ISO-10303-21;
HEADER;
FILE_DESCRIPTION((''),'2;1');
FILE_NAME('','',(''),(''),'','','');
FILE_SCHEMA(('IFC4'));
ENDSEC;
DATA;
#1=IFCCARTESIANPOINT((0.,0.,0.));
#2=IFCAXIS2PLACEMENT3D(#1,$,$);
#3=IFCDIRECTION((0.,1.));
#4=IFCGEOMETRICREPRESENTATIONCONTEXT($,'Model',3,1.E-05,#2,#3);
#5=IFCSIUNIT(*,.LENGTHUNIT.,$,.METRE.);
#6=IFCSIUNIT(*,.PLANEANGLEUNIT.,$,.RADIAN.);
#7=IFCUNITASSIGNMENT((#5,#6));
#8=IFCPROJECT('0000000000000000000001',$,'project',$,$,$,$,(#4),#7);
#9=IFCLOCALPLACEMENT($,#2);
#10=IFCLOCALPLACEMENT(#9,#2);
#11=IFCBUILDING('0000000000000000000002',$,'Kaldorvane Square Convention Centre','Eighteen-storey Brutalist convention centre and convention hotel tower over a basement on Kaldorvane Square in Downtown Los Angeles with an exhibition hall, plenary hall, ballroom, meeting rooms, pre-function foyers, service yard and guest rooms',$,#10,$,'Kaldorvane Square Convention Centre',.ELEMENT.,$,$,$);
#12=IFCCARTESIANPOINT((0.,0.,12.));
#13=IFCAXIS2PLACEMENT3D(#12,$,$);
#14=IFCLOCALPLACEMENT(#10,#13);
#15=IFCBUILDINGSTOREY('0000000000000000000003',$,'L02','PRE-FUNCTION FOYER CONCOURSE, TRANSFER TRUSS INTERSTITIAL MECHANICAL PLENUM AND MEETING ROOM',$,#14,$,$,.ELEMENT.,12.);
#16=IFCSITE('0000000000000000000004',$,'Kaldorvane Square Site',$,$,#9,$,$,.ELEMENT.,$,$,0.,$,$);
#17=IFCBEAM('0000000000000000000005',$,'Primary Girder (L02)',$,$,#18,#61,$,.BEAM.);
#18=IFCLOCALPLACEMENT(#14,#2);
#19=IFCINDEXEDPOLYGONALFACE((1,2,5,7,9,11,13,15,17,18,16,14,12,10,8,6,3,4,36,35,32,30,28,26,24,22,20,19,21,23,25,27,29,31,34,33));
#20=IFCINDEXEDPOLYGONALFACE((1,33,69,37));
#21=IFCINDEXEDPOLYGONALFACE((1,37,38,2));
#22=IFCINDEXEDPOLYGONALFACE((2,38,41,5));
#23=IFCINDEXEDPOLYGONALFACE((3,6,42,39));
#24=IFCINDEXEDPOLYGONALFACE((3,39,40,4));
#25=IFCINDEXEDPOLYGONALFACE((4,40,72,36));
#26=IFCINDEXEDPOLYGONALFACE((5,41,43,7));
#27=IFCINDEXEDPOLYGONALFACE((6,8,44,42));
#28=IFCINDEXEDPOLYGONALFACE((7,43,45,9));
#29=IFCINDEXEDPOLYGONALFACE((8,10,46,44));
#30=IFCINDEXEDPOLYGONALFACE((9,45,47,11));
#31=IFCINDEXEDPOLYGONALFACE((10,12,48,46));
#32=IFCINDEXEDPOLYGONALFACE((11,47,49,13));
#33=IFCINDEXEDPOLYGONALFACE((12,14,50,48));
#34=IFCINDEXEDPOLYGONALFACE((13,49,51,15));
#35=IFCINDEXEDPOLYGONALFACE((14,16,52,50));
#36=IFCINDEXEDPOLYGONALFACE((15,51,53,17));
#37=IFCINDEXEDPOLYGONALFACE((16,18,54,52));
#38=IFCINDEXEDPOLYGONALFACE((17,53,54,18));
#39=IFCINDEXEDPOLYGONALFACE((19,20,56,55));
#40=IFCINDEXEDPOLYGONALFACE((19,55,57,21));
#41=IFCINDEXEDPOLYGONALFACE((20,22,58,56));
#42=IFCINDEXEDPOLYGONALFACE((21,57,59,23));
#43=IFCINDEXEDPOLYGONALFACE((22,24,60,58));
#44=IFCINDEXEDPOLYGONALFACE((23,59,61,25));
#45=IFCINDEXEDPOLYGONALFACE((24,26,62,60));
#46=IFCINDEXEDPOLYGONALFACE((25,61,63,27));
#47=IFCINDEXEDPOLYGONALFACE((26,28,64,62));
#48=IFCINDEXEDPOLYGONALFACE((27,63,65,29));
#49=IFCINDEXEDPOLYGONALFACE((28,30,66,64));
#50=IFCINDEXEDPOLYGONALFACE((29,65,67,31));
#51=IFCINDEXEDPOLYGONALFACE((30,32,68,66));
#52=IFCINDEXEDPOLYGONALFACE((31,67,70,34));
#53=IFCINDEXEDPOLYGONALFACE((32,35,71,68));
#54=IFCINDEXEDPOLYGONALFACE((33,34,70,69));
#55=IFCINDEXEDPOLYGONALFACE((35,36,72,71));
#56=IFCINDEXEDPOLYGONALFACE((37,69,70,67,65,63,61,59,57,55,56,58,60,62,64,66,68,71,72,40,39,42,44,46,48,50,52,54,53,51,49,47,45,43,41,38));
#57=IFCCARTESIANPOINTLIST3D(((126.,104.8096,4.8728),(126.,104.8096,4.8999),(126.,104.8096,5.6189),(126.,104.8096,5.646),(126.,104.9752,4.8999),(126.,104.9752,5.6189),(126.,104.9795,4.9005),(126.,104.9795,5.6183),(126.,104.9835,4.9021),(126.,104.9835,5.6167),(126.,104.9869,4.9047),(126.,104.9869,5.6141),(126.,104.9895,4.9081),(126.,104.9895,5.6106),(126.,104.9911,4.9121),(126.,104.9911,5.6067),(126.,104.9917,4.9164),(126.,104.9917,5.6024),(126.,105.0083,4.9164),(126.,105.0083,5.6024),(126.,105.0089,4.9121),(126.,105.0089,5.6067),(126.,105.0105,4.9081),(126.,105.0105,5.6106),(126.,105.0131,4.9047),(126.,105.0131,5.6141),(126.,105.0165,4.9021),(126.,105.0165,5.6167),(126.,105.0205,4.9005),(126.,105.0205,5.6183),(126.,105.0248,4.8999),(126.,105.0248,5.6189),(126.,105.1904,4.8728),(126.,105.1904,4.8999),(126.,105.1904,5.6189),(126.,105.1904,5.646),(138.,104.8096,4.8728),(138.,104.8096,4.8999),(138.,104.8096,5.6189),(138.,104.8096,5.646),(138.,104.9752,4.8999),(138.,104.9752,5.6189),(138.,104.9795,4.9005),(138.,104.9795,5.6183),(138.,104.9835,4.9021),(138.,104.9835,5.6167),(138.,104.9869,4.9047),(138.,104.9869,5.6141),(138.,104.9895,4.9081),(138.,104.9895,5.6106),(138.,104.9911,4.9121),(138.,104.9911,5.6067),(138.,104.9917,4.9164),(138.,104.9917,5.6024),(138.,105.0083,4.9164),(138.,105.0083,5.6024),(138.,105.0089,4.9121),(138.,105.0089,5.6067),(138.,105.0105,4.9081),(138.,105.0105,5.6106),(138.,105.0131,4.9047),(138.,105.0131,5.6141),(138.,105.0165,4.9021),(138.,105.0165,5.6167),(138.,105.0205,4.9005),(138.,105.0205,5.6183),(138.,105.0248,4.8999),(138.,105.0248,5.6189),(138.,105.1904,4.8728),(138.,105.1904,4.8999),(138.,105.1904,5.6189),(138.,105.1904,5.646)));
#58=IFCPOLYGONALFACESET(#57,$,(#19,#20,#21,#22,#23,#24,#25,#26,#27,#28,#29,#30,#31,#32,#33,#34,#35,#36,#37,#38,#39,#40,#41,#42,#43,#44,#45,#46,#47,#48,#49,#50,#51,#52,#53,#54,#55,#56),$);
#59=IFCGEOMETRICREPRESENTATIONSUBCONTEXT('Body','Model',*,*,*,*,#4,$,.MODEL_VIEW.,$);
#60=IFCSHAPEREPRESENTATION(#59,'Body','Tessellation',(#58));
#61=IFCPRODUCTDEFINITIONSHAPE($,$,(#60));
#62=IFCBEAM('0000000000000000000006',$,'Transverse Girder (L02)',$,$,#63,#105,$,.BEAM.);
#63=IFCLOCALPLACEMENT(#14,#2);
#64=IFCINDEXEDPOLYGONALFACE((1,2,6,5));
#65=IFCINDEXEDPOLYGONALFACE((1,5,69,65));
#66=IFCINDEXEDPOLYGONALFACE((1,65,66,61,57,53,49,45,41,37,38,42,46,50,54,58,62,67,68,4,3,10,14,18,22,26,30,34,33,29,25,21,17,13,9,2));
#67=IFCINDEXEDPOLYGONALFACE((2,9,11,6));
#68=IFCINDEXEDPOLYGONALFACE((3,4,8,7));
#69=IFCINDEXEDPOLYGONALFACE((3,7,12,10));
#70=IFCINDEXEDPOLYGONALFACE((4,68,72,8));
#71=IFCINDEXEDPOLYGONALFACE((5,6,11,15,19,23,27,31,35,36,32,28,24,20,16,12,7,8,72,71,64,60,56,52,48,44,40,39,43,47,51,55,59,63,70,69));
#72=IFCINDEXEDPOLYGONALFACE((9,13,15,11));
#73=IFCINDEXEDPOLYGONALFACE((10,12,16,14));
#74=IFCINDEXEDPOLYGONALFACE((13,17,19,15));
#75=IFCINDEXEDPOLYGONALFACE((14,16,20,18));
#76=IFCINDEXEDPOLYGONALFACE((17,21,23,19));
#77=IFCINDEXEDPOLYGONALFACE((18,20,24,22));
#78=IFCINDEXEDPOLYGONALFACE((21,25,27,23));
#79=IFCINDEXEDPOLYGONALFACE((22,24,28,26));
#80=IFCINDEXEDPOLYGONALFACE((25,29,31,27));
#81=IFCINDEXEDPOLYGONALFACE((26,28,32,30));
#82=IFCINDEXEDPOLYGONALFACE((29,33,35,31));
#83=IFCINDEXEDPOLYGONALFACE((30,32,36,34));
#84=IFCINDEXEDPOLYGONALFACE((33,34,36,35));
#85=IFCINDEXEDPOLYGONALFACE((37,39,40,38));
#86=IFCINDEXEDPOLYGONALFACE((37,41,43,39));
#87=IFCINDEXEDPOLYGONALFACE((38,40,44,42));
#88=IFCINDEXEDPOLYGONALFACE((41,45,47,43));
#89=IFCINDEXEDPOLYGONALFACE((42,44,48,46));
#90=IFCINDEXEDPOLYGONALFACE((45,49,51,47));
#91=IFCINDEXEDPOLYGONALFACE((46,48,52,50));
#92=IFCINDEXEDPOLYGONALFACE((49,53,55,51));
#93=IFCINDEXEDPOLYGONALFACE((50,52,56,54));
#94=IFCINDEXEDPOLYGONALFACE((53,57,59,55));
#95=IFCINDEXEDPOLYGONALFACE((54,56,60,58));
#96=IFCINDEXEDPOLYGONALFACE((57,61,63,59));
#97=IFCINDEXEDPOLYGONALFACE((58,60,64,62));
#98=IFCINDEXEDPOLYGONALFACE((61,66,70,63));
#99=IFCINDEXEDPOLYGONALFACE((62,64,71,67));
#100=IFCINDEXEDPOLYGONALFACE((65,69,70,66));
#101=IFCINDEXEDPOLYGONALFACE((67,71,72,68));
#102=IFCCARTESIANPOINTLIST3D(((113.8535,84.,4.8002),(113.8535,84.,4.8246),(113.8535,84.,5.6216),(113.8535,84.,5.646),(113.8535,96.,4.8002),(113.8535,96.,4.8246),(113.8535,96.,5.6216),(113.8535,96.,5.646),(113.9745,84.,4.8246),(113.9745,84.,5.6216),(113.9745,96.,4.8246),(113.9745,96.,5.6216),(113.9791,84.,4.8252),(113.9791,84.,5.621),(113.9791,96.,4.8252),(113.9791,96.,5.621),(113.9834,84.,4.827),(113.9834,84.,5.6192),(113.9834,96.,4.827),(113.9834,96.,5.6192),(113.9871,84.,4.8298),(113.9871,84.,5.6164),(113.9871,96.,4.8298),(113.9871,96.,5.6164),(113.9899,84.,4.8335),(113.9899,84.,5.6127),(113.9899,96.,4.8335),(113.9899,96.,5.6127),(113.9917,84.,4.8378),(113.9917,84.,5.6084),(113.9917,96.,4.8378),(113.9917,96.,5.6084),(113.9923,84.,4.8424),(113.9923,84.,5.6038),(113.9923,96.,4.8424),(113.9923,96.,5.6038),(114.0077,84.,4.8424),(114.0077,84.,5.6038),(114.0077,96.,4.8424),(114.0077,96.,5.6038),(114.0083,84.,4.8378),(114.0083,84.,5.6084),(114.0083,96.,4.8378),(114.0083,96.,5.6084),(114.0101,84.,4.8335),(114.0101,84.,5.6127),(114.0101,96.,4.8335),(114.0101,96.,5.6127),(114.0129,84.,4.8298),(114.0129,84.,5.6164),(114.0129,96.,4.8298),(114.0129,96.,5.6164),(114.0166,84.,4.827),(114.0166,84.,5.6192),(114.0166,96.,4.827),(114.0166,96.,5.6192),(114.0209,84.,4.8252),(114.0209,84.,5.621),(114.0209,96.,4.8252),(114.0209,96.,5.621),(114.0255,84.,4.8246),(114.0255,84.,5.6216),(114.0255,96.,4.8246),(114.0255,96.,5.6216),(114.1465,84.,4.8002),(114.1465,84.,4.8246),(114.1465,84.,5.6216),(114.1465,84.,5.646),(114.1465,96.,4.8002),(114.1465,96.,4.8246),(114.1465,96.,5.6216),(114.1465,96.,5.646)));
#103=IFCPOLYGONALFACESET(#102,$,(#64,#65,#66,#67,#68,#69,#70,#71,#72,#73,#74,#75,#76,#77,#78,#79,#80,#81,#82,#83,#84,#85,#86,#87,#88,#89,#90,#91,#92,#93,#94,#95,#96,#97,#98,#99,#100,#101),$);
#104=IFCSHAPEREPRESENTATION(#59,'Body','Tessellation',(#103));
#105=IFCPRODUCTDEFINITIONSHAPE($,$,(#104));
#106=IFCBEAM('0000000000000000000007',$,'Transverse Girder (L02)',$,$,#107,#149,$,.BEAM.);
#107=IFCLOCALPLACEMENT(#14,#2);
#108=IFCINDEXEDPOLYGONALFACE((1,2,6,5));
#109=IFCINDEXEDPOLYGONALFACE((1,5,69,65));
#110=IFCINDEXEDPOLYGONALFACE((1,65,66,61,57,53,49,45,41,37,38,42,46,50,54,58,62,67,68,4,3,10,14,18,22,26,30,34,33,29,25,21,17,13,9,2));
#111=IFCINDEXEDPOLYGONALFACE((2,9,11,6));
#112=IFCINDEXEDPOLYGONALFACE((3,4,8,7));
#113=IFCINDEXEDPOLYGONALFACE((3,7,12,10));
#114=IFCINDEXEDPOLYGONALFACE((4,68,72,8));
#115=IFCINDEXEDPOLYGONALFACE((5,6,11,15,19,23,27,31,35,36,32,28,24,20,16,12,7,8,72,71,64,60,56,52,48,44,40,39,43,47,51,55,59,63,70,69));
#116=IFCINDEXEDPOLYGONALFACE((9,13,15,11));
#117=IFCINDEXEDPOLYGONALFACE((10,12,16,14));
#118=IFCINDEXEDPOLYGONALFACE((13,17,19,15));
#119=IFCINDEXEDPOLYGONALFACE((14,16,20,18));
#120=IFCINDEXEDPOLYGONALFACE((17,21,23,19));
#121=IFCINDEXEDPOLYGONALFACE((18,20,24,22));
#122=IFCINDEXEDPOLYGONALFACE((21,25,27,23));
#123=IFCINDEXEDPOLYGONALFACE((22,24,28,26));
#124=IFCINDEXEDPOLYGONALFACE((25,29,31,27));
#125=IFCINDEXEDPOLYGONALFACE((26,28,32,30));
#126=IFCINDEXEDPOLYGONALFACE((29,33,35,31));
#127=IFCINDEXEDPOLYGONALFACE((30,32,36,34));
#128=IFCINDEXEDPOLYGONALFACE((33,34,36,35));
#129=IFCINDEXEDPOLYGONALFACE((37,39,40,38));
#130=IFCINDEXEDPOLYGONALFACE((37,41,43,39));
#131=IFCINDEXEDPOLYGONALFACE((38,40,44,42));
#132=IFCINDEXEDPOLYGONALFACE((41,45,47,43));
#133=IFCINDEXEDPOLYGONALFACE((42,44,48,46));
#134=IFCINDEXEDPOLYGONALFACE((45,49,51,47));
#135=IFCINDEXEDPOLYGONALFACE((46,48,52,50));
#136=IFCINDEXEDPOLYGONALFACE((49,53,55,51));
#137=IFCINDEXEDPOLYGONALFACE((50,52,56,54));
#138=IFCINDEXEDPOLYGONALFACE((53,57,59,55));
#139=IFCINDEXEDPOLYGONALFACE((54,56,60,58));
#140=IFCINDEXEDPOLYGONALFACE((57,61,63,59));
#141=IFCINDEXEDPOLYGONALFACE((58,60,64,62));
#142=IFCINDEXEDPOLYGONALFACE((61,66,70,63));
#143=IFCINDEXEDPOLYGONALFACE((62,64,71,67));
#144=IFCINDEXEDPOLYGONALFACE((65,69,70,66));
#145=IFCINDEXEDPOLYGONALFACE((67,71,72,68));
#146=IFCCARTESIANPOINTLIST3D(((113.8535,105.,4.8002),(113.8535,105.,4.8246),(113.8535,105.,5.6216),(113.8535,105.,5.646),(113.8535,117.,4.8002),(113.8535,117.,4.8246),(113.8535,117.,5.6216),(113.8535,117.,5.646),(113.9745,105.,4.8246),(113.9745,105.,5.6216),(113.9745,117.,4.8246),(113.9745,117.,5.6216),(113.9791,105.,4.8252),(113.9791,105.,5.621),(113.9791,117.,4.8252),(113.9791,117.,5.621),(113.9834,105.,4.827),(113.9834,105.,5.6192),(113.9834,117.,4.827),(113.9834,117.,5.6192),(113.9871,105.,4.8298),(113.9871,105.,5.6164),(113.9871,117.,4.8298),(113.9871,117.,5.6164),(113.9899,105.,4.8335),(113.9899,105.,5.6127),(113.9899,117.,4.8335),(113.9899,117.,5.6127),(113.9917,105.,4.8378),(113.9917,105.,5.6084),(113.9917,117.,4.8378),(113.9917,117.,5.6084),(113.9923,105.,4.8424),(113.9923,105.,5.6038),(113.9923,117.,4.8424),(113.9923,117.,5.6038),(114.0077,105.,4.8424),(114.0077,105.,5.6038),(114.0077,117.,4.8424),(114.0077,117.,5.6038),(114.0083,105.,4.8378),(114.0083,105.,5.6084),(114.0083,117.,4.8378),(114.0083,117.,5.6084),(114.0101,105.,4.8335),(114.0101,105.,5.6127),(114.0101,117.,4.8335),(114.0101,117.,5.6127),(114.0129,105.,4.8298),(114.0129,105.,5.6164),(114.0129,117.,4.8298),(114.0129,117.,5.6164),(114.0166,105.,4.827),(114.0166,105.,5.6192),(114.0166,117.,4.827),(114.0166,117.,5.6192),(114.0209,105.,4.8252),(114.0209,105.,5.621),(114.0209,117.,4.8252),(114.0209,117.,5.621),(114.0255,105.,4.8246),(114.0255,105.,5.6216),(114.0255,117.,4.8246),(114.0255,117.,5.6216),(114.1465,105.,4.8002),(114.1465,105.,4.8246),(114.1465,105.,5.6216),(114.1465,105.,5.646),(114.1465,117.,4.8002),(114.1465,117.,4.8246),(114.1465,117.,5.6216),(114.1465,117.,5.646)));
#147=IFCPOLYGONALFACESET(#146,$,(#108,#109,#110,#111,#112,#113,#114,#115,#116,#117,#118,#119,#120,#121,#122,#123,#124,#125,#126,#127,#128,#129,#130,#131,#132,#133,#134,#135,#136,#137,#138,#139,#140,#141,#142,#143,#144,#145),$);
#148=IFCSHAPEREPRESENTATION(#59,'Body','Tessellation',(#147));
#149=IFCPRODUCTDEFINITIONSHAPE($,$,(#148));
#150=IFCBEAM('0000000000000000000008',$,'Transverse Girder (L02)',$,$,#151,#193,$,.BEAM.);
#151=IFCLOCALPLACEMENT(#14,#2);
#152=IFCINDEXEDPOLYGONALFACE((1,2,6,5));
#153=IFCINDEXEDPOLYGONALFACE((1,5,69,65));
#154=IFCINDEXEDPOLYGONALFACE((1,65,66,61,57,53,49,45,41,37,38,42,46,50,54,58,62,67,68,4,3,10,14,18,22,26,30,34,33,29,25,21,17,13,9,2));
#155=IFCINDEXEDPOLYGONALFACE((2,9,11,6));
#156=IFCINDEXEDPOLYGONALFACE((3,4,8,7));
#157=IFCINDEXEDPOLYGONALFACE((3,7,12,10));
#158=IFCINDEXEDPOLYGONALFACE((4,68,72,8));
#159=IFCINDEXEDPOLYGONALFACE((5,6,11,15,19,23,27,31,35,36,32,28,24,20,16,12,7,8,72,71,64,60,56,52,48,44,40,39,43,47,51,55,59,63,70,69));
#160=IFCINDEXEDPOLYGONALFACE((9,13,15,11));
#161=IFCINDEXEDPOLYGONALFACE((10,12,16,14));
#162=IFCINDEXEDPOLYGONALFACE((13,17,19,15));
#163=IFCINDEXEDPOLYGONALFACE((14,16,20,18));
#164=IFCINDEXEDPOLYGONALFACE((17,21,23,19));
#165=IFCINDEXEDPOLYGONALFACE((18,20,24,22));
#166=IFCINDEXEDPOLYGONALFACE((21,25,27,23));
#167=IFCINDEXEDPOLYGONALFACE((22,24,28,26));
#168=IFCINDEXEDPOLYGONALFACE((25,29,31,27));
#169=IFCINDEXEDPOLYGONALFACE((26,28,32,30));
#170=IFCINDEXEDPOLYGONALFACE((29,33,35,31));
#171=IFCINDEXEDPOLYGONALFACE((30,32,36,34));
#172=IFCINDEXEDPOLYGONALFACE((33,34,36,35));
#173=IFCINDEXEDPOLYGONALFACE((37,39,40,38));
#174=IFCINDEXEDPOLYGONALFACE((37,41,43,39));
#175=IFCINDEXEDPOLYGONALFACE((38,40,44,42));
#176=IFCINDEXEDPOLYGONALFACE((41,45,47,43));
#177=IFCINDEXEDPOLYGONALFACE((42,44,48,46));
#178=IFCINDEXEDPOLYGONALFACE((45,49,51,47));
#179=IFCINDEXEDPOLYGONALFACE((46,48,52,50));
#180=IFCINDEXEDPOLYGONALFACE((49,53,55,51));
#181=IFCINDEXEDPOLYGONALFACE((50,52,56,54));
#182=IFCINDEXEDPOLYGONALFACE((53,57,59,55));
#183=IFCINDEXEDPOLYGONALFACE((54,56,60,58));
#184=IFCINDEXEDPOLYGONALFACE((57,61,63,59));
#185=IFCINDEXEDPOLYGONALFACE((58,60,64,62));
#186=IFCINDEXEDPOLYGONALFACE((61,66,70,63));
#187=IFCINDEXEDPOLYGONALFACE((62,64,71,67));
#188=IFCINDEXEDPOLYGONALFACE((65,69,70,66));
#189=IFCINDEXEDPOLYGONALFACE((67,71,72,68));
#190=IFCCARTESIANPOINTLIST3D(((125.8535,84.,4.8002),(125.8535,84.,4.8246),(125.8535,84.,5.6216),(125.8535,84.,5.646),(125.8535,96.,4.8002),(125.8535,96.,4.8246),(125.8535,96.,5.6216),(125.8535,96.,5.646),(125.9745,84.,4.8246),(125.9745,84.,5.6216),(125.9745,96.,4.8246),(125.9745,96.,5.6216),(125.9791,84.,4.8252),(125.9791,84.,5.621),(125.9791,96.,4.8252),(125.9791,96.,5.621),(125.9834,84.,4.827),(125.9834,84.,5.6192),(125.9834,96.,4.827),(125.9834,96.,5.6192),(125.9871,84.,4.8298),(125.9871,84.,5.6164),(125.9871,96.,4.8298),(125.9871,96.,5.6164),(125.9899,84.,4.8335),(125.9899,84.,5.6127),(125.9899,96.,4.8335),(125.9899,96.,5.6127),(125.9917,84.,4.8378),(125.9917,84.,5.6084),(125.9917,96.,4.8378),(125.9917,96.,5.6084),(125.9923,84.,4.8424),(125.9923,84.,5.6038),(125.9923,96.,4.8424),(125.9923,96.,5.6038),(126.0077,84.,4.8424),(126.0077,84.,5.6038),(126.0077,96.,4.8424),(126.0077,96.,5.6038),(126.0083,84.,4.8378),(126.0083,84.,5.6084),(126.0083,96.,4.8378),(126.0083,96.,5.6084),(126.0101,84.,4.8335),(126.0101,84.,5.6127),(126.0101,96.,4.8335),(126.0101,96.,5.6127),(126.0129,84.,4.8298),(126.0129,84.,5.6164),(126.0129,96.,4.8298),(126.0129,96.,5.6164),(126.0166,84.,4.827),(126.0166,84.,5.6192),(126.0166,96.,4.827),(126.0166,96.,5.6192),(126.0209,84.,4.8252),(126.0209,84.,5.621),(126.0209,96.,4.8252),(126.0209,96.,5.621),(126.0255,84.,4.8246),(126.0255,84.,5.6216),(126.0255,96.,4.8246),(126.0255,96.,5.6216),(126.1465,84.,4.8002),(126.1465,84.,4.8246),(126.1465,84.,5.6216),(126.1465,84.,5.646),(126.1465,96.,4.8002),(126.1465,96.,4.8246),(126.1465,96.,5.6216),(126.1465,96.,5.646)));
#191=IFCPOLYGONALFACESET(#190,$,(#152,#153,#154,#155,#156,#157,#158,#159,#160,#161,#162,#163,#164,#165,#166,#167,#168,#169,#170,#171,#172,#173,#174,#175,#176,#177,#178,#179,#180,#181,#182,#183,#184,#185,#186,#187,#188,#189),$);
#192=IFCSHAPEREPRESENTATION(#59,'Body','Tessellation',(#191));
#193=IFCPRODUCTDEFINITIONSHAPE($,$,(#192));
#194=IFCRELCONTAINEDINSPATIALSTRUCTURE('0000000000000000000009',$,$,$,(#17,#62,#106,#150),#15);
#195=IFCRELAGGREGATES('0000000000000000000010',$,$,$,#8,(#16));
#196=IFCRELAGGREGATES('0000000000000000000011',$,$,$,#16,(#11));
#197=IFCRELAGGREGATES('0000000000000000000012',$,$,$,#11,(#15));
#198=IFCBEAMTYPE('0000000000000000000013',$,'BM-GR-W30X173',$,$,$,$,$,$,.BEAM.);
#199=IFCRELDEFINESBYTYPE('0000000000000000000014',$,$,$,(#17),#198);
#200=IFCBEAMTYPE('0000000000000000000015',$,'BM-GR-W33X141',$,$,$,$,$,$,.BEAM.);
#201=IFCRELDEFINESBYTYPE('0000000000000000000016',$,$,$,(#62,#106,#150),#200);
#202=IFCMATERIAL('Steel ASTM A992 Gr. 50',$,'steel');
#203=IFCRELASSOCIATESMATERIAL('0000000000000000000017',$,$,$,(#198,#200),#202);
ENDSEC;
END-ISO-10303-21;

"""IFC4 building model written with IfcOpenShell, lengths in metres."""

from ifc_helpers import new_model, si_unit, direction, frame, origin, origin_2d, place, context, subcontext, project, spatial, i_section, extrude, material, material_profile, profile_set, type_object, element, save


model = new_model("IFC4")

# Units and contexts
model_context = context("Model", 3, precision=1e-05, world=origin(), true_north=direction((0.0, 1.0)))
body_context = subcontext(model_context, "Body", "Model", "MODEL_VIEW")
ifc_project = project(units=[si_unit("LENGTHUNIT", "METRE"), si_unit("PLANEANGLEUNIT", "RADIAN")], contexts=[model_context])

# Site, building, storey
site_placement = place(None, origin())
site = spatial("IfcSite", under=ifc_project, at=site_placement, Name="Kaldorvane Square Site", CompositionType="ELEMENT", RefElevation=0.0)
building_placement = place(site_placement, origin())
building = spatial("IfcBuilding", under=site, at=building_placement, Name="Kaldorvane Square Convention Centre", Description="Eighteen-storey Brutalist convention centre and convention hotel tower over a basement on Kaldorvane Square in Downtown Los Angeles with an exhibition hall, plenary hall, ballroom, meeting rooms, pre-function foyers, service yard and guest rooms", LongName="Kaldorvane Square Convention Centre", CompositionType="ELEMENT")
storey_placement = place(building_placement, frame((0.0, 0.0, 12.0)))
storey = spatial("IfcBuildingStorey", under=building, at=storey_placement, Name="L02", Description="PRE-FUNCTION FOYER CONCOURSE, TRANSFER TRUSS INTERSTITIAL MECHANICAL PLENUM AND MEETING ROOM", CompositionType="ELEMENT", Elevation=12.0)

# Shared definitions
ifc_material_1 = material(Name="Steel ASTM A992 Gr. 50", Category="steel")

# Beams
ifc_material_profile_1 = material_profile(ifc_material_1, i_section(OverallWidth=0.3807, OverallDepth=0.7732, WebThickness=0.0166, FlangeThickness=0.0271, FilletRadius=0.0165, at=origin_2d()), Name="W30X173")
ifc_profile_set_1 = profile_set([ifc_material_profile_1], Name="Steel ASTM A992 Gr. 50")
beam_type_1 = type_object("IfcBeamType", Name="BM-GR-W30X173", PredefinedType="BEAM", material=ifc_profile_set_1)
for number, where, z_axis, x_axis, name in (
    (1, (126.0, 105.0, 5.2594), (1.0, 0.0, 0.0), (0.0, 1.0, 0.0), "Primary Girder (L02)"),
):
    element("IfcBeam", number, at=place(storey_placement, frame(where, z_axis=z_axis, x_axis=x_axis)), inside=storey, type_object=beam_type_1, Name=name, PredefinedType="BEAM", context=body_context, shape_type="SweptSolid", body=[
        extrude(i_section(OverallWidth=0.3807, OverallDepth=0.7732, WebThickness=0.0166, FlangeThickness=0.0271, FilletRadius=0.0165, at=origin_2d()), origin(), (0.0, 0.0, 1.0), 12.0),
    ])
ifc_material_profile_2 = material_profile(ifc_material_1, i_section(OverallWidth=0.293, OverallDepth=0.8458, WebThickness=0.0154, FlangeThickness=0.0244, FilletRadius=0.0178, at=origin_2d()), Name="W33X141")
ifc_profile_set_2 = profile_set([ifc_material_profile_2], Name="Steel ASTM A992 Gr. 50")
beam_type_2 = type_object("IfcBeamType", Name="BM-GR-W33X141", PredefinedType="BEAM", material=ifc_profile_set_2)
for number, where, z_axis, x_axis, name in (
    (2, (114.0, 84.0, 5.2231), (0.0, 1.0, 0.0), (-1.0, 0.0, 0.0), "Transverse Girder (L02)"),
    (3, (114.0, 105.0, 5.2231), (0.0, 1.0, 0.0), (-1.0, 0.0, 0.0), "Transverse Girder (L02)"),
    (4, (126.0, 84.0, 5.2231), (0.0, 1.0, 0.0), (-1.0, 0.0, 0.0), "Transverse Girder (L02)"),
):
    element("IfcBeam", number, at=place(storey_placement, frame(where, z_axis=z_axis, x_axis=x_axis)), inside=storey, type_object=beam_type_2, Name=name, PredefinedType="BEAM", context=body_context, shape_type="SweptSolid", body=[
        extrude(i_section(OverallWidth=0.293, OverallDepth=0.8458, WebThickness=0.0154, FlangeThickness=0.0244, FilletRadius=0.0178, at=origin_2d()), origin(), (0.0, 0.0, 1.0), 12.0),
    ])

save(model, "model.ifc")
